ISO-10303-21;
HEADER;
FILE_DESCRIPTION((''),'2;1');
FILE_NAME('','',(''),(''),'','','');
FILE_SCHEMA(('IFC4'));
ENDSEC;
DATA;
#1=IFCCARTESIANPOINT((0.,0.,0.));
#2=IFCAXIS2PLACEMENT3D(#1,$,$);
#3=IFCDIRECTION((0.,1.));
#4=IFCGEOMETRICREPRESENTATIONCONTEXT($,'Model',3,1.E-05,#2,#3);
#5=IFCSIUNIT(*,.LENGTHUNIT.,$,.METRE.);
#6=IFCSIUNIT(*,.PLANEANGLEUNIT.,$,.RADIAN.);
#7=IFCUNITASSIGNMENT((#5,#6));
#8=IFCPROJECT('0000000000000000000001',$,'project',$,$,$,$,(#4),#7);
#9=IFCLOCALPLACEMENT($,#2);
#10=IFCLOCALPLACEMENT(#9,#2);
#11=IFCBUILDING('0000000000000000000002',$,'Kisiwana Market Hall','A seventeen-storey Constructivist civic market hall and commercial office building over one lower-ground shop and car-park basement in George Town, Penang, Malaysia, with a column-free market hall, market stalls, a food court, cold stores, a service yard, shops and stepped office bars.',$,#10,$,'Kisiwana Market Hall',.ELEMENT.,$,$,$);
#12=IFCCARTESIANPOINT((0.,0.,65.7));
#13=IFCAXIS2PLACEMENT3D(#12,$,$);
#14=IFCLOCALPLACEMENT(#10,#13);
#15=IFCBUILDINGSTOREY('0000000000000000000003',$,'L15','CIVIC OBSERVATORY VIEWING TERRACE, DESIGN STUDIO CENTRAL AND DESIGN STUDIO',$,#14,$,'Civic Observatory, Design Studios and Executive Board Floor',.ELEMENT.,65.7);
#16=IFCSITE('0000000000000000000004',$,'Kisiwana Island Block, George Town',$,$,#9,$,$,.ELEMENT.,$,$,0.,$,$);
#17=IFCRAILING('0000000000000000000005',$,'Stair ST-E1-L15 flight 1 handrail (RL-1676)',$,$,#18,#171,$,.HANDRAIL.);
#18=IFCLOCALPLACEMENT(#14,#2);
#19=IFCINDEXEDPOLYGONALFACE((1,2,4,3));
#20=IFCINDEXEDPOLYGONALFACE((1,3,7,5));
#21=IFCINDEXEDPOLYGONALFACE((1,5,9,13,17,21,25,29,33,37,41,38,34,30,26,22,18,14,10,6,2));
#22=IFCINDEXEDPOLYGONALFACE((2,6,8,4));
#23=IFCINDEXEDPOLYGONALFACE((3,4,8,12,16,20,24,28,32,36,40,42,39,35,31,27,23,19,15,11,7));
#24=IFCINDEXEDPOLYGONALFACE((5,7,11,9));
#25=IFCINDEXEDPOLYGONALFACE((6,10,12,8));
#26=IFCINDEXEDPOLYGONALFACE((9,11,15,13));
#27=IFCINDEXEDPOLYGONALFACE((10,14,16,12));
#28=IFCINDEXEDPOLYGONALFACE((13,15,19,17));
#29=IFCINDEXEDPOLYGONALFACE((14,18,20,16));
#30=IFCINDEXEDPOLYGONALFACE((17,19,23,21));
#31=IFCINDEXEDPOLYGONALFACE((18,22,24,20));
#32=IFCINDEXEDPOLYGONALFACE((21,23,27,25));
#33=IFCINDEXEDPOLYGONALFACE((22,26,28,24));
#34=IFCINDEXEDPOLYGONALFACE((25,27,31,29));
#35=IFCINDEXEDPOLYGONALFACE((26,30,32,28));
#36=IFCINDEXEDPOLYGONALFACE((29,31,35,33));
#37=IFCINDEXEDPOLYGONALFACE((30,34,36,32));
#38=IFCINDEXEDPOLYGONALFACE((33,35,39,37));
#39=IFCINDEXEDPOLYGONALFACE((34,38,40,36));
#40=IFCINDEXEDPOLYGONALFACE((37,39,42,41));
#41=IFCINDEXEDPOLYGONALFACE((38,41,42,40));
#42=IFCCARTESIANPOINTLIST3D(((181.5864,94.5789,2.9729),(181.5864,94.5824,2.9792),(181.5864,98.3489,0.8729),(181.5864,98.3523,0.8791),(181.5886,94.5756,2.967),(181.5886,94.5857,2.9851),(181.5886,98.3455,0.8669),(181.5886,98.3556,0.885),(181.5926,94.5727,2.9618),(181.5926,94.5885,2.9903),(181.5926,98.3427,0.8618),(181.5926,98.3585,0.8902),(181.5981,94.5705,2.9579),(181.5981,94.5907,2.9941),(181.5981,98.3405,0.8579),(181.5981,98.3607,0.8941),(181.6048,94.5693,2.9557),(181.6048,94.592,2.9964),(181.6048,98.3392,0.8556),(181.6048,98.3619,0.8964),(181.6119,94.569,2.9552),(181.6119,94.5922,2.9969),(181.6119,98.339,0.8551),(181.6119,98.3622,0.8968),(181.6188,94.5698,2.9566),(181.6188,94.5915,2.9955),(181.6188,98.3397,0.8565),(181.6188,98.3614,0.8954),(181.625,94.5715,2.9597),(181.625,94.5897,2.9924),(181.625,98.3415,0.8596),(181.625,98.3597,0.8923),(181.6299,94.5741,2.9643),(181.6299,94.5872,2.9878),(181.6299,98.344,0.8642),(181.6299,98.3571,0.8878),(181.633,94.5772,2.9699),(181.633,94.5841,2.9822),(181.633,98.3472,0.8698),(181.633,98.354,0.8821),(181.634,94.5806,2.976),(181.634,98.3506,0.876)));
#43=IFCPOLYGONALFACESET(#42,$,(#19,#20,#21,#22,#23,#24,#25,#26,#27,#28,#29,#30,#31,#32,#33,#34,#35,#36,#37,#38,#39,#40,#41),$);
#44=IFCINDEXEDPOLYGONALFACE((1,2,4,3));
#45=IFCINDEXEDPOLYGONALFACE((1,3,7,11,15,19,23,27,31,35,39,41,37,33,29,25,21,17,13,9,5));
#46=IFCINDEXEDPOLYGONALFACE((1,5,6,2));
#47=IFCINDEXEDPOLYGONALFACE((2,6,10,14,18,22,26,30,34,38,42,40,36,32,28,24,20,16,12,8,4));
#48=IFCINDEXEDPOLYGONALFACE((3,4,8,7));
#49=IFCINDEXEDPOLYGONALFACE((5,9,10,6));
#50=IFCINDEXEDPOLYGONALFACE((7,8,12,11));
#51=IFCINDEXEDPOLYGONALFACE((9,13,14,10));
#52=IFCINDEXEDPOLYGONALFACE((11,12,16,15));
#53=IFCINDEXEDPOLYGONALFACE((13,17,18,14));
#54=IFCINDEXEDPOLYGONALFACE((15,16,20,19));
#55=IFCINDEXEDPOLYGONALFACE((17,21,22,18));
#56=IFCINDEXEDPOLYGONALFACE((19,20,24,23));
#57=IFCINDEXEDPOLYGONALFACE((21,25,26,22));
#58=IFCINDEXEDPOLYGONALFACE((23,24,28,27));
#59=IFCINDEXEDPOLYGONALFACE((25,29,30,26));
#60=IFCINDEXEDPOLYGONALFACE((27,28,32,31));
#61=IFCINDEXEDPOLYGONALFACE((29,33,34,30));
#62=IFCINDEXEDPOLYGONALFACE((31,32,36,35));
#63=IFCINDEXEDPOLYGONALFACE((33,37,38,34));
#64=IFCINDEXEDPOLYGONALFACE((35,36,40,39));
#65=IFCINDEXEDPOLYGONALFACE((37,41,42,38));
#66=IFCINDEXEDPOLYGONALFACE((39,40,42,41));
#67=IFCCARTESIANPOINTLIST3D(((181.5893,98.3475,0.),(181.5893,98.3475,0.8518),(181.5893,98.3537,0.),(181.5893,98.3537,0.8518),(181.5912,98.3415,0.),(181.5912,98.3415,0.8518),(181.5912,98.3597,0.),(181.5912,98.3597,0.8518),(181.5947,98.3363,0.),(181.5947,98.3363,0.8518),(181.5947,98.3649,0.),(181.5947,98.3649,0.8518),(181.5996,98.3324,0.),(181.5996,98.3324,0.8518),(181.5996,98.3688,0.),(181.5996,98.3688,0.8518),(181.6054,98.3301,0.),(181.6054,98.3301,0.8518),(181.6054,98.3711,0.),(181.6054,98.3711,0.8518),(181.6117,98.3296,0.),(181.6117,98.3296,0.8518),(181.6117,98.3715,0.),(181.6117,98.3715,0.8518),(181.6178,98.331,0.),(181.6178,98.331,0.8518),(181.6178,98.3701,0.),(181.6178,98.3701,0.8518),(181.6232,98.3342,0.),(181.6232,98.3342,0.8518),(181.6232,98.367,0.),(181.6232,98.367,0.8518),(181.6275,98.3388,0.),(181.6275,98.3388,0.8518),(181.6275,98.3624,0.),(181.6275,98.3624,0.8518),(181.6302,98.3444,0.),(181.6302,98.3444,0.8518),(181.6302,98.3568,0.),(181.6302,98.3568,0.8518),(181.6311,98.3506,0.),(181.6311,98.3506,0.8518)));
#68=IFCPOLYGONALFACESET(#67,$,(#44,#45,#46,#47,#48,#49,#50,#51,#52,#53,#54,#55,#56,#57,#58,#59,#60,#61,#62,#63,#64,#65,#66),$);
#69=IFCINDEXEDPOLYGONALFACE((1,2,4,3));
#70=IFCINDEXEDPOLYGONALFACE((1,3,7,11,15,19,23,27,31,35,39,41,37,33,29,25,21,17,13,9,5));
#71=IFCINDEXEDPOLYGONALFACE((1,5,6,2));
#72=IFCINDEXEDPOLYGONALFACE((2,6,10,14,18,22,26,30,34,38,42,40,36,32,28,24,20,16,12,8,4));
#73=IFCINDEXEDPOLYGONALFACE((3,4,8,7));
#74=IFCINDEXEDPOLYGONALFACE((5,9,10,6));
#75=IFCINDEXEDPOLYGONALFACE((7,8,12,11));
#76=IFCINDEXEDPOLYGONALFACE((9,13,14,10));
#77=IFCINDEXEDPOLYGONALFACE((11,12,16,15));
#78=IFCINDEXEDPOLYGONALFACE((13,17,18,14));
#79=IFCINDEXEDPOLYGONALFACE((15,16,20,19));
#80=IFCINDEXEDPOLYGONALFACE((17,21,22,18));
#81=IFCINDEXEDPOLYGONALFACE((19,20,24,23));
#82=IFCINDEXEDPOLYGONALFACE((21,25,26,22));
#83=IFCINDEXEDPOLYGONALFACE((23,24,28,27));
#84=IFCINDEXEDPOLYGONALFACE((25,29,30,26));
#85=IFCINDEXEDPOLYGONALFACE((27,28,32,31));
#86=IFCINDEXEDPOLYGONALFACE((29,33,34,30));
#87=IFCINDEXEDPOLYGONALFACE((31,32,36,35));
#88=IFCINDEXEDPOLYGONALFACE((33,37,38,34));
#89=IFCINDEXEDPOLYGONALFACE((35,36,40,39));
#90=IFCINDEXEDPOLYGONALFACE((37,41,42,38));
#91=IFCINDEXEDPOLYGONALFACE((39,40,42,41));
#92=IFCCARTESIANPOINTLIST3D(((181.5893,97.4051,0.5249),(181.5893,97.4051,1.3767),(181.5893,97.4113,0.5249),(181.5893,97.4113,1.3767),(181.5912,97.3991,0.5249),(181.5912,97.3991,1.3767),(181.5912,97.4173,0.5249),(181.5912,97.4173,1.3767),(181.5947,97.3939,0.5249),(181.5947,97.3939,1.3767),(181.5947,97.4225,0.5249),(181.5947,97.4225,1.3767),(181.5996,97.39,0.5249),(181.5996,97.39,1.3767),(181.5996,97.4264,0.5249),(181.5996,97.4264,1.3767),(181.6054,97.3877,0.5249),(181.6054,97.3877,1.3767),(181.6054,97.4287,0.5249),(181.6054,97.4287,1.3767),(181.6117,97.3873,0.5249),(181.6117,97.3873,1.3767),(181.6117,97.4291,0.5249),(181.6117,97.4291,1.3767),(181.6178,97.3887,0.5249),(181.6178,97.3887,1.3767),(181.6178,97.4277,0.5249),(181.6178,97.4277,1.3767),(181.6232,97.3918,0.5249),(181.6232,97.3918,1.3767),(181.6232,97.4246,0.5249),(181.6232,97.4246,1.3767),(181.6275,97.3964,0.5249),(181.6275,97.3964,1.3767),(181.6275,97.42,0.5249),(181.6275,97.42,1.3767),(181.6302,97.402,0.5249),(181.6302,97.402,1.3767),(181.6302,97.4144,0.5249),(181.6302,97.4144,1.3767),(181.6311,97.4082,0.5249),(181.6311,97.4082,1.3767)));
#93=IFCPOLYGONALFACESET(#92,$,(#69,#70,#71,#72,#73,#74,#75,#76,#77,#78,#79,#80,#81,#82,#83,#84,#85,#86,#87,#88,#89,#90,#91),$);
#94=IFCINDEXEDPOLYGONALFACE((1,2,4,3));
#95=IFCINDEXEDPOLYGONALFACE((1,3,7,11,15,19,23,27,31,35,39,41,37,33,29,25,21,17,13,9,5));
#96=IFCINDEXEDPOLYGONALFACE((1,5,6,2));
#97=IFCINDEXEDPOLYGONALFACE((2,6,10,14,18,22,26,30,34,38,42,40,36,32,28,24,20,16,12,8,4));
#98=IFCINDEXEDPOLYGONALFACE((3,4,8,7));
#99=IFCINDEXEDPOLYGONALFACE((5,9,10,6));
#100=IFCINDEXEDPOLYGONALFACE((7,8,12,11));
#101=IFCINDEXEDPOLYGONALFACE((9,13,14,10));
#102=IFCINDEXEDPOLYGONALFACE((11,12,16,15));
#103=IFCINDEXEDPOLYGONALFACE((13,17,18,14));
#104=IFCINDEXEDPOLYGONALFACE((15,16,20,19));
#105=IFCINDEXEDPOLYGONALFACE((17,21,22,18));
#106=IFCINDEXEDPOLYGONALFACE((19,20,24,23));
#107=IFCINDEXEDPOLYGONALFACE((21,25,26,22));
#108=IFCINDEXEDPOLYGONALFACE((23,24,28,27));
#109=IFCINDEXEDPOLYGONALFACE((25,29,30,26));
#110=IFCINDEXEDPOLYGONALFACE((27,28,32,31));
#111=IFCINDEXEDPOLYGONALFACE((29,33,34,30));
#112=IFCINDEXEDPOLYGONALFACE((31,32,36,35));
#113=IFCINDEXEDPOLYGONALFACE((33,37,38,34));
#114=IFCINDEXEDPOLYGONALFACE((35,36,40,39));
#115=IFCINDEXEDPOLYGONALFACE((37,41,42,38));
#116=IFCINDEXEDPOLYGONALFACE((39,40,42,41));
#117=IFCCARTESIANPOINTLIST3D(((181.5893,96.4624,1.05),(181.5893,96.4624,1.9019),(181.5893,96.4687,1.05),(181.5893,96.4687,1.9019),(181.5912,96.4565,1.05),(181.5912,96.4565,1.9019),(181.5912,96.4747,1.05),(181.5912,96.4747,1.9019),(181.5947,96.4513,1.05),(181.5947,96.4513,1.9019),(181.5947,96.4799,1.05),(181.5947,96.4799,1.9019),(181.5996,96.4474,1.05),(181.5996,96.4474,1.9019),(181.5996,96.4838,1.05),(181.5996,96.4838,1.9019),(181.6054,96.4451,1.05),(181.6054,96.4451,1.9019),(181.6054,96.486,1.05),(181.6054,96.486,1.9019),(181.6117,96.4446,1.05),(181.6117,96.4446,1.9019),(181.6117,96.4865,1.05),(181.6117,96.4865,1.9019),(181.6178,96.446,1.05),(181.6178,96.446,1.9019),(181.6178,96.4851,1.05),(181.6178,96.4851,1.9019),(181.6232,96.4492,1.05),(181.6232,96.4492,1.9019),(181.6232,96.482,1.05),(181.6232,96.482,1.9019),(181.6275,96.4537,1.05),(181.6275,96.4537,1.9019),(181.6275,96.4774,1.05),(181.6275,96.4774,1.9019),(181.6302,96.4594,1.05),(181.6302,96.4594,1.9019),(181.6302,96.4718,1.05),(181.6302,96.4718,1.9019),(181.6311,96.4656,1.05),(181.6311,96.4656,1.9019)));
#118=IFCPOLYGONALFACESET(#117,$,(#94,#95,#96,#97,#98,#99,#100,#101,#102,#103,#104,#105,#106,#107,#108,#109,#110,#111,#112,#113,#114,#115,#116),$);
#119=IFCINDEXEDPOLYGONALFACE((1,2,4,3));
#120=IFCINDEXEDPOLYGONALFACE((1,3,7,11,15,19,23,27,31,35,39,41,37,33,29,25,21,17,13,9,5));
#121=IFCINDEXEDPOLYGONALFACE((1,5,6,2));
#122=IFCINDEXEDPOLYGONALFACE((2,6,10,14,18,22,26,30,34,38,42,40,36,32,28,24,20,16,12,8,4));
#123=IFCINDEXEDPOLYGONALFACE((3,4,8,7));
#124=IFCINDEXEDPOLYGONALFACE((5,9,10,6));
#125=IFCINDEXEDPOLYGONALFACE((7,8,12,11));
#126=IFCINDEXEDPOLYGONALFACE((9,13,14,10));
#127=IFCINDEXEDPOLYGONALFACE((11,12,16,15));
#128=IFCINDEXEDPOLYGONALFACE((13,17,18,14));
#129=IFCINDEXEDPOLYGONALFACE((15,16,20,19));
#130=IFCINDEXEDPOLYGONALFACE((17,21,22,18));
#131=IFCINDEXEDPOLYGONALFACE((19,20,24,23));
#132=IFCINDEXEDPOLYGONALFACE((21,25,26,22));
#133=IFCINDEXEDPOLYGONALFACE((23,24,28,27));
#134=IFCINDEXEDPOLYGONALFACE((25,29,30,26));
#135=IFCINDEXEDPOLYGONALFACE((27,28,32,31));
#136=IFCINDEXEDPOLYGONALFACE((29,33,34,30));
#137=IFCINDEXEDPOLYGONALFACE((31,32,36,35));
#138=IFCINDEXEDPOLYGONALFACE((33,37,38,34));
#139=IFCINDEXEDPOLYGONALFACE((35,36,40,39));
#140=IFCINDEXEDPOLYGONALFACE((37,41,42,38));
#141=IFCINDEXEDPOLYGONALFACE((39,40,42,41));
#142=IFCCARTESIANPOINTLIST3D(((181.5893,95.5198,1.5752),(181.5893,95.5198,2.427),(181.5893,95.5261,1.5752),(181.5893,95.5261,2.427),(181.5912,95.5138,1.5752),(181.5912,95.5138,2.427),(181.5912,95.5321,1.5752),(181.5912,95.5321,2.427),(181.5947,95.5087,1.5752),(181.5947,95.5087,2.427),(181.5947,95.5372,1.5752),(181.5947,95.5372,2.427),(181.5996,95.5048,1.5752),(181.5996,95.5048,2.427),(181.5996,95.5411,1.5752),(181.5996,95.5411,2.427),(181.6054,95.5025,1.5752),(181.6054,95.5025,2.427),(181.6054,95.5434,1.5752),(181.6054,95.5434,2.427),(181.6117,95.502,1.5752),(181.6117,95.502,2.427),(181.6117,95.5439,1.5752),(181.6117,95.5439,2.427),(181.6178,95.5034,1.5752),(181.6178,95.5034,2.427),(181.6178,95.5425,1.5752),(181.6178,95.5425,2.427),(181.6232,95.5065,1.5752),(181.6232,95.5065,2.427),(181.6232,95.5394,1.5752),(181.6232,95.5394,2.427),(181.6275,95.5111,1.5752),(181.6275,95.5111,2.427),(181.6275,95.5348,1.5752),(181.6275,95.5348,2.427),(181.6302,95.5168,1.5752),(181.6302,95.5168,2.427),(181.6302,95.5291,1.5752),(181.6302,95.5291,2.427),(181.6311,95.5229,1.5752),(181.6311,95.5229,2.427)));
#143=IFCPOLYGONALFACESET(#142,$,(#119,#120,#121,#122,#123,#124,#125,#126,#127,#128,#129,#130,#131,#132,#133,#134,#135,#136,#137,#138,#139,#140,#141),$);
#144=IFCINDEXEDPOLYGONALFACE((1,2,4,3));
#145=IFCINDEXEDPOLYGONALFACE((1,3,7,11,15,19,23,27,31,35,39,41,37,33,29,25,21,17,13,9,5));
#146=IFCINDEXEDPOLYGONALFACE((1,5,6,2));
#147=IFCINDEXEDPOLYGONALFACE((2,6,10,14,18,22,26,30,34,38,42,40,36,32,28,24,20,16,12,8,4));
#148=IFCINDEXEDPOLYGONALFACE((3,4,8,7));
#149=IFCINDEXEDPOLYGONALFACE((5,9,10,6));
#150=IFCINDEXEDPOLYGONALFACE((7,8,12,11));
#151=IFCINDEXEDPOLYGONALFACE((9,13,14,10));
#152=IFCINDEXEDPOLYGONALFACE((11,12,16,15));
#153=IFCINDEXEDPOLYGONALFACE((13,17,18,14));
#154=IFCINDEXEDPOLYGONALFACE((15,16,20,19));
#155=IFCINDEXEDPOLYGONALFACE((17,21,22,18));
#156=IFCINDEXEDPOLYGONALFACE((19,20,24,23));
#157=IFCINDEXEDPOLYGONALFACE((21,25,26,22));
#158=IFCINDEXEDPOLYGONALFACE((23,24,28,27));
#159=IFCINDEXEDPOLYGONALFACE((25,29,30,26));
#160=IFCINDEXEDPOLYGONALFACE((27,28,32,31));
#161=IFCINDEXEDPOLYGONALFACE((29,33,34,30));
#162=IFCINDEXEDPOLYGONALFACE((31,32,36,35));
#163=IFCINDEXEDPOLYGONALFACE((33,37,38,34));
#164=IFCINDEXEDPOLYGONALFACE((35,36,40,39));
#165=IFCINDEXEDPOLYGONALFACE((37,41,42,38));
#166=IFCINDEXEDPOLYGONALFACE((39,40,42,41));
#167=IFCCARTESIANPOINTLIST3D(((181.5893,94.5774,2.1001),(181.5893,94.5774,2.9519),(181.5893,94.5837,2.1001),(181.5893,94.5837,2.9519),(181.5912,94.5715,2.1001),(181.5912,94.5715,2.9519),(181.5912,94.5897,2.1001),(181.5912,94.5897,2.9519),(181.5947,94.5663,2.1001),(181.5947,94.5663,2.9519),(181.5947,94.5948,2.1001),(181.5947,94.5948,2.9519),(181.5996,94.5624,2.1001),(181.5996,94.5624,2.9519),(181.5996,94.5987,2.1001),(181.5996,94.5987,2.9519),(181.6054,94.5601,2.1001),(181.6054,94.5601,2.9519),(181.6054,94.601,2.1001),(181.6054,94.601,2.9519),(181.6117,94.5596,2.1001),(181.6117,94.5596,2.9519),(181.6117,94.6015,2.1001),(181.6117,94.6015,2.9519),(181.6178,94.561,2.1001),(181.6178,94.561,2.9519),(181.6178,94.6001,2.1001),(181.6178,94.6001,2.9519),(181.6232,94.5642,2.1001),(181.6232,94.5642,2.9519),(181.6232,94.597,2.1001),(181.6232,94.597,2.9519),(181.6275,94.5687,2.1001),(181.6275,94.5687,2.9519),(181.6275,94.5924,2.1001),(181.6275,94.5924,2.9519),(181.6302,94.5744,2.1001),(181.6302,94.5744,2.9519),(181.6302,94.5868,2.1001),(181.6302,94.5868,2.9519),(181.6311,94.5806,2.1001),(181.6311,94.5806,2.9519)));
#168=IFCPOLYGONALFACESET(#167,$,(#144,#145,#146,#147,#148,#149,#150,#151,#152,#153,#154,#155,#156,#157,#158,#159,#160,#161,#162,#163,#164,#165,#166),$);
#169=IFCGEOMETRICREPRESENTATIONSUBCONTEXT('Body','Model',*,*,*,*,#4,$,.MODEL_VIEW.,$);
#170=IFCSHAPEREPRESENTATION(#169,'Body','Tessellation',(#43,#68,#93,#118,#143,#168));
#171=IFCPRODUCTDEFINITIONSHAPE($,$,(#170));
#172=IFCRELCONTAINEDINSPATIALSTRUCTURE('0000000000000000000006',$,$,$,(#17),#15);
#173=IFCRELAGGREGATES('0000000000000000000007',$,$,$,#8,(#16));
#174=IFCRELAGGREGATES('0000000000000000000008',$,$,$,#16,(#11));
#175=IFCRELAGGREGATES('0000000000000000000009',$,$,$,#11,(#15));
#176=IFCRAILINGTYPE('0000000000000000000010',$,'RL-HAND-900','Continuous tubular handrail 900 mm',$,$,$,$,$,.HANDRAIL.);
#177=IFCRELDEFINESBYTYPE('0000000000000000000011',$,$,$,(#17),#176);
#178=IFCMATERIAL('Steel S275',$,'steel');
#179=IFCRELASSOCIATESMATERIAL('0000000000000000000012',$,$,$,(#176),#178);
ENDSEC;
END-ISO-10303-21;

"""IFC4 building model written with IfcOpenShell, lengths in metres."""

from ifc_helpers import new_model, si_unit, direction, frame, origin, origin_2d, place, context, subcontext, project, spatial, circle, extrude, material, type_object, element, save


model = new_model("IFC4")

# Units and contexts
model_context = context("Model", 3, precision=1e-05, world=origin(), true_north=direction((0.0, 1.0)))
body_context = subcontext(model_context, "Body", "Model", "MODEL_VIEW")
ifc_project = project(units=[si_unit("LENGTHUNIT", "METRE"), si_unit("PLANEANGLEUNIT", "RADIAN")], contexts=[model_context])

# Site, building, storey
site_placement = place(None, origin())
site = spatial("IfcSite", under=ifc_project, at=site_placement, Name="Kisiwana Island Block, George Town", CompositionType="ELEMENT", RefElevation=0.0)
building_placement = place(site_placement, origin())
building = spatial("IfcBuilding", under=site, at=building_placement, Name="Kisiwana Market Hall", Description="A seventeen-storey Constructivist civic market hall and commercial office building over one lower-ground shop and car-park basement in George Town, Penang, Malaysia, with a column-free market hall, market stalls, a food court, cold stores, a service yard, shops and stepped office bars.", LongName="Kisiwana Market Hall", CompositionType="ELEMENT")
storey_placement = place(building_placement, frame((0.0, 0.0, 65.7)))
storey = spatial("IfcBuildingStorey", under=building, at=storey_placement, Name="L15", Description="CIVIC OBSERVATORY VIEWING TERRACE, DESIGN STUDIO CENTRAL AND DESIGN STUDIO", LongName="Civic Observatory, Design Studios and Executive Board Floor", CompositionType="ELEMENT", Elevation=65.7)

# Railing
ifc_material_1 = material(Name="Steel S275", Category="steel")
railing_type_1 = type_object("IfcRailingType", Name="RL-HAND-900", Description="Continuous tubular handrail 900 mm", PredefinedType="HANDRAIL", material=ifc_material_1)
railing_1_placement = place(storey_placement, frame((181.6101, 98.3506, 0.0)))
element("IfcRailing", 1, at=railing_1_placement, inside=storey, type_object=railing_type_1, Name="Stair ST-E1-L15 flight 1 handrail (RL-1676)", PredefinedType="HANDRAIL", context=body_context, shape_type="SweptSolid", body=[
    extrude(circle(Radius=0.0239, at=origin_2d()), frame((0.0, 0.0, 0.876), z_axis=(0.0, -0.873602, 0.486642), x_axis=(1.0, 0.0, 0.0)), (0.0, 0.0, 1.0), 4.3154),
    extrude(circle(Radius=0.021, at=origin_2d()), origin(), (0.0, 0.0, 1.0), 0.8518),
    extrude(circle(Radius=0.021, at=origin_2d()), frame((0.0, -0.9424, 0.5249)), (0.0, 0.0, 1.0), 0.8518),
    extrude(circle(Radius=0.021, at=origin_2d()), frame((0.0, -1.885, 1.05)), (0.0, 0.0, 1.0), 0.8518),
    extrude(circle(Radius=0.021, at=origin_2d()), frame((0.0, -2.8276, 1.5752)), (0.0, 0.0, 1.0), 0.8518),
    extrude(circle(Radius=0.021, at=origin_2d()), frame((0.0, -3.77, 2.1001)), (0.0, 0.0, 1.0), 0.8518),
])

save(model, "model.ifc")
